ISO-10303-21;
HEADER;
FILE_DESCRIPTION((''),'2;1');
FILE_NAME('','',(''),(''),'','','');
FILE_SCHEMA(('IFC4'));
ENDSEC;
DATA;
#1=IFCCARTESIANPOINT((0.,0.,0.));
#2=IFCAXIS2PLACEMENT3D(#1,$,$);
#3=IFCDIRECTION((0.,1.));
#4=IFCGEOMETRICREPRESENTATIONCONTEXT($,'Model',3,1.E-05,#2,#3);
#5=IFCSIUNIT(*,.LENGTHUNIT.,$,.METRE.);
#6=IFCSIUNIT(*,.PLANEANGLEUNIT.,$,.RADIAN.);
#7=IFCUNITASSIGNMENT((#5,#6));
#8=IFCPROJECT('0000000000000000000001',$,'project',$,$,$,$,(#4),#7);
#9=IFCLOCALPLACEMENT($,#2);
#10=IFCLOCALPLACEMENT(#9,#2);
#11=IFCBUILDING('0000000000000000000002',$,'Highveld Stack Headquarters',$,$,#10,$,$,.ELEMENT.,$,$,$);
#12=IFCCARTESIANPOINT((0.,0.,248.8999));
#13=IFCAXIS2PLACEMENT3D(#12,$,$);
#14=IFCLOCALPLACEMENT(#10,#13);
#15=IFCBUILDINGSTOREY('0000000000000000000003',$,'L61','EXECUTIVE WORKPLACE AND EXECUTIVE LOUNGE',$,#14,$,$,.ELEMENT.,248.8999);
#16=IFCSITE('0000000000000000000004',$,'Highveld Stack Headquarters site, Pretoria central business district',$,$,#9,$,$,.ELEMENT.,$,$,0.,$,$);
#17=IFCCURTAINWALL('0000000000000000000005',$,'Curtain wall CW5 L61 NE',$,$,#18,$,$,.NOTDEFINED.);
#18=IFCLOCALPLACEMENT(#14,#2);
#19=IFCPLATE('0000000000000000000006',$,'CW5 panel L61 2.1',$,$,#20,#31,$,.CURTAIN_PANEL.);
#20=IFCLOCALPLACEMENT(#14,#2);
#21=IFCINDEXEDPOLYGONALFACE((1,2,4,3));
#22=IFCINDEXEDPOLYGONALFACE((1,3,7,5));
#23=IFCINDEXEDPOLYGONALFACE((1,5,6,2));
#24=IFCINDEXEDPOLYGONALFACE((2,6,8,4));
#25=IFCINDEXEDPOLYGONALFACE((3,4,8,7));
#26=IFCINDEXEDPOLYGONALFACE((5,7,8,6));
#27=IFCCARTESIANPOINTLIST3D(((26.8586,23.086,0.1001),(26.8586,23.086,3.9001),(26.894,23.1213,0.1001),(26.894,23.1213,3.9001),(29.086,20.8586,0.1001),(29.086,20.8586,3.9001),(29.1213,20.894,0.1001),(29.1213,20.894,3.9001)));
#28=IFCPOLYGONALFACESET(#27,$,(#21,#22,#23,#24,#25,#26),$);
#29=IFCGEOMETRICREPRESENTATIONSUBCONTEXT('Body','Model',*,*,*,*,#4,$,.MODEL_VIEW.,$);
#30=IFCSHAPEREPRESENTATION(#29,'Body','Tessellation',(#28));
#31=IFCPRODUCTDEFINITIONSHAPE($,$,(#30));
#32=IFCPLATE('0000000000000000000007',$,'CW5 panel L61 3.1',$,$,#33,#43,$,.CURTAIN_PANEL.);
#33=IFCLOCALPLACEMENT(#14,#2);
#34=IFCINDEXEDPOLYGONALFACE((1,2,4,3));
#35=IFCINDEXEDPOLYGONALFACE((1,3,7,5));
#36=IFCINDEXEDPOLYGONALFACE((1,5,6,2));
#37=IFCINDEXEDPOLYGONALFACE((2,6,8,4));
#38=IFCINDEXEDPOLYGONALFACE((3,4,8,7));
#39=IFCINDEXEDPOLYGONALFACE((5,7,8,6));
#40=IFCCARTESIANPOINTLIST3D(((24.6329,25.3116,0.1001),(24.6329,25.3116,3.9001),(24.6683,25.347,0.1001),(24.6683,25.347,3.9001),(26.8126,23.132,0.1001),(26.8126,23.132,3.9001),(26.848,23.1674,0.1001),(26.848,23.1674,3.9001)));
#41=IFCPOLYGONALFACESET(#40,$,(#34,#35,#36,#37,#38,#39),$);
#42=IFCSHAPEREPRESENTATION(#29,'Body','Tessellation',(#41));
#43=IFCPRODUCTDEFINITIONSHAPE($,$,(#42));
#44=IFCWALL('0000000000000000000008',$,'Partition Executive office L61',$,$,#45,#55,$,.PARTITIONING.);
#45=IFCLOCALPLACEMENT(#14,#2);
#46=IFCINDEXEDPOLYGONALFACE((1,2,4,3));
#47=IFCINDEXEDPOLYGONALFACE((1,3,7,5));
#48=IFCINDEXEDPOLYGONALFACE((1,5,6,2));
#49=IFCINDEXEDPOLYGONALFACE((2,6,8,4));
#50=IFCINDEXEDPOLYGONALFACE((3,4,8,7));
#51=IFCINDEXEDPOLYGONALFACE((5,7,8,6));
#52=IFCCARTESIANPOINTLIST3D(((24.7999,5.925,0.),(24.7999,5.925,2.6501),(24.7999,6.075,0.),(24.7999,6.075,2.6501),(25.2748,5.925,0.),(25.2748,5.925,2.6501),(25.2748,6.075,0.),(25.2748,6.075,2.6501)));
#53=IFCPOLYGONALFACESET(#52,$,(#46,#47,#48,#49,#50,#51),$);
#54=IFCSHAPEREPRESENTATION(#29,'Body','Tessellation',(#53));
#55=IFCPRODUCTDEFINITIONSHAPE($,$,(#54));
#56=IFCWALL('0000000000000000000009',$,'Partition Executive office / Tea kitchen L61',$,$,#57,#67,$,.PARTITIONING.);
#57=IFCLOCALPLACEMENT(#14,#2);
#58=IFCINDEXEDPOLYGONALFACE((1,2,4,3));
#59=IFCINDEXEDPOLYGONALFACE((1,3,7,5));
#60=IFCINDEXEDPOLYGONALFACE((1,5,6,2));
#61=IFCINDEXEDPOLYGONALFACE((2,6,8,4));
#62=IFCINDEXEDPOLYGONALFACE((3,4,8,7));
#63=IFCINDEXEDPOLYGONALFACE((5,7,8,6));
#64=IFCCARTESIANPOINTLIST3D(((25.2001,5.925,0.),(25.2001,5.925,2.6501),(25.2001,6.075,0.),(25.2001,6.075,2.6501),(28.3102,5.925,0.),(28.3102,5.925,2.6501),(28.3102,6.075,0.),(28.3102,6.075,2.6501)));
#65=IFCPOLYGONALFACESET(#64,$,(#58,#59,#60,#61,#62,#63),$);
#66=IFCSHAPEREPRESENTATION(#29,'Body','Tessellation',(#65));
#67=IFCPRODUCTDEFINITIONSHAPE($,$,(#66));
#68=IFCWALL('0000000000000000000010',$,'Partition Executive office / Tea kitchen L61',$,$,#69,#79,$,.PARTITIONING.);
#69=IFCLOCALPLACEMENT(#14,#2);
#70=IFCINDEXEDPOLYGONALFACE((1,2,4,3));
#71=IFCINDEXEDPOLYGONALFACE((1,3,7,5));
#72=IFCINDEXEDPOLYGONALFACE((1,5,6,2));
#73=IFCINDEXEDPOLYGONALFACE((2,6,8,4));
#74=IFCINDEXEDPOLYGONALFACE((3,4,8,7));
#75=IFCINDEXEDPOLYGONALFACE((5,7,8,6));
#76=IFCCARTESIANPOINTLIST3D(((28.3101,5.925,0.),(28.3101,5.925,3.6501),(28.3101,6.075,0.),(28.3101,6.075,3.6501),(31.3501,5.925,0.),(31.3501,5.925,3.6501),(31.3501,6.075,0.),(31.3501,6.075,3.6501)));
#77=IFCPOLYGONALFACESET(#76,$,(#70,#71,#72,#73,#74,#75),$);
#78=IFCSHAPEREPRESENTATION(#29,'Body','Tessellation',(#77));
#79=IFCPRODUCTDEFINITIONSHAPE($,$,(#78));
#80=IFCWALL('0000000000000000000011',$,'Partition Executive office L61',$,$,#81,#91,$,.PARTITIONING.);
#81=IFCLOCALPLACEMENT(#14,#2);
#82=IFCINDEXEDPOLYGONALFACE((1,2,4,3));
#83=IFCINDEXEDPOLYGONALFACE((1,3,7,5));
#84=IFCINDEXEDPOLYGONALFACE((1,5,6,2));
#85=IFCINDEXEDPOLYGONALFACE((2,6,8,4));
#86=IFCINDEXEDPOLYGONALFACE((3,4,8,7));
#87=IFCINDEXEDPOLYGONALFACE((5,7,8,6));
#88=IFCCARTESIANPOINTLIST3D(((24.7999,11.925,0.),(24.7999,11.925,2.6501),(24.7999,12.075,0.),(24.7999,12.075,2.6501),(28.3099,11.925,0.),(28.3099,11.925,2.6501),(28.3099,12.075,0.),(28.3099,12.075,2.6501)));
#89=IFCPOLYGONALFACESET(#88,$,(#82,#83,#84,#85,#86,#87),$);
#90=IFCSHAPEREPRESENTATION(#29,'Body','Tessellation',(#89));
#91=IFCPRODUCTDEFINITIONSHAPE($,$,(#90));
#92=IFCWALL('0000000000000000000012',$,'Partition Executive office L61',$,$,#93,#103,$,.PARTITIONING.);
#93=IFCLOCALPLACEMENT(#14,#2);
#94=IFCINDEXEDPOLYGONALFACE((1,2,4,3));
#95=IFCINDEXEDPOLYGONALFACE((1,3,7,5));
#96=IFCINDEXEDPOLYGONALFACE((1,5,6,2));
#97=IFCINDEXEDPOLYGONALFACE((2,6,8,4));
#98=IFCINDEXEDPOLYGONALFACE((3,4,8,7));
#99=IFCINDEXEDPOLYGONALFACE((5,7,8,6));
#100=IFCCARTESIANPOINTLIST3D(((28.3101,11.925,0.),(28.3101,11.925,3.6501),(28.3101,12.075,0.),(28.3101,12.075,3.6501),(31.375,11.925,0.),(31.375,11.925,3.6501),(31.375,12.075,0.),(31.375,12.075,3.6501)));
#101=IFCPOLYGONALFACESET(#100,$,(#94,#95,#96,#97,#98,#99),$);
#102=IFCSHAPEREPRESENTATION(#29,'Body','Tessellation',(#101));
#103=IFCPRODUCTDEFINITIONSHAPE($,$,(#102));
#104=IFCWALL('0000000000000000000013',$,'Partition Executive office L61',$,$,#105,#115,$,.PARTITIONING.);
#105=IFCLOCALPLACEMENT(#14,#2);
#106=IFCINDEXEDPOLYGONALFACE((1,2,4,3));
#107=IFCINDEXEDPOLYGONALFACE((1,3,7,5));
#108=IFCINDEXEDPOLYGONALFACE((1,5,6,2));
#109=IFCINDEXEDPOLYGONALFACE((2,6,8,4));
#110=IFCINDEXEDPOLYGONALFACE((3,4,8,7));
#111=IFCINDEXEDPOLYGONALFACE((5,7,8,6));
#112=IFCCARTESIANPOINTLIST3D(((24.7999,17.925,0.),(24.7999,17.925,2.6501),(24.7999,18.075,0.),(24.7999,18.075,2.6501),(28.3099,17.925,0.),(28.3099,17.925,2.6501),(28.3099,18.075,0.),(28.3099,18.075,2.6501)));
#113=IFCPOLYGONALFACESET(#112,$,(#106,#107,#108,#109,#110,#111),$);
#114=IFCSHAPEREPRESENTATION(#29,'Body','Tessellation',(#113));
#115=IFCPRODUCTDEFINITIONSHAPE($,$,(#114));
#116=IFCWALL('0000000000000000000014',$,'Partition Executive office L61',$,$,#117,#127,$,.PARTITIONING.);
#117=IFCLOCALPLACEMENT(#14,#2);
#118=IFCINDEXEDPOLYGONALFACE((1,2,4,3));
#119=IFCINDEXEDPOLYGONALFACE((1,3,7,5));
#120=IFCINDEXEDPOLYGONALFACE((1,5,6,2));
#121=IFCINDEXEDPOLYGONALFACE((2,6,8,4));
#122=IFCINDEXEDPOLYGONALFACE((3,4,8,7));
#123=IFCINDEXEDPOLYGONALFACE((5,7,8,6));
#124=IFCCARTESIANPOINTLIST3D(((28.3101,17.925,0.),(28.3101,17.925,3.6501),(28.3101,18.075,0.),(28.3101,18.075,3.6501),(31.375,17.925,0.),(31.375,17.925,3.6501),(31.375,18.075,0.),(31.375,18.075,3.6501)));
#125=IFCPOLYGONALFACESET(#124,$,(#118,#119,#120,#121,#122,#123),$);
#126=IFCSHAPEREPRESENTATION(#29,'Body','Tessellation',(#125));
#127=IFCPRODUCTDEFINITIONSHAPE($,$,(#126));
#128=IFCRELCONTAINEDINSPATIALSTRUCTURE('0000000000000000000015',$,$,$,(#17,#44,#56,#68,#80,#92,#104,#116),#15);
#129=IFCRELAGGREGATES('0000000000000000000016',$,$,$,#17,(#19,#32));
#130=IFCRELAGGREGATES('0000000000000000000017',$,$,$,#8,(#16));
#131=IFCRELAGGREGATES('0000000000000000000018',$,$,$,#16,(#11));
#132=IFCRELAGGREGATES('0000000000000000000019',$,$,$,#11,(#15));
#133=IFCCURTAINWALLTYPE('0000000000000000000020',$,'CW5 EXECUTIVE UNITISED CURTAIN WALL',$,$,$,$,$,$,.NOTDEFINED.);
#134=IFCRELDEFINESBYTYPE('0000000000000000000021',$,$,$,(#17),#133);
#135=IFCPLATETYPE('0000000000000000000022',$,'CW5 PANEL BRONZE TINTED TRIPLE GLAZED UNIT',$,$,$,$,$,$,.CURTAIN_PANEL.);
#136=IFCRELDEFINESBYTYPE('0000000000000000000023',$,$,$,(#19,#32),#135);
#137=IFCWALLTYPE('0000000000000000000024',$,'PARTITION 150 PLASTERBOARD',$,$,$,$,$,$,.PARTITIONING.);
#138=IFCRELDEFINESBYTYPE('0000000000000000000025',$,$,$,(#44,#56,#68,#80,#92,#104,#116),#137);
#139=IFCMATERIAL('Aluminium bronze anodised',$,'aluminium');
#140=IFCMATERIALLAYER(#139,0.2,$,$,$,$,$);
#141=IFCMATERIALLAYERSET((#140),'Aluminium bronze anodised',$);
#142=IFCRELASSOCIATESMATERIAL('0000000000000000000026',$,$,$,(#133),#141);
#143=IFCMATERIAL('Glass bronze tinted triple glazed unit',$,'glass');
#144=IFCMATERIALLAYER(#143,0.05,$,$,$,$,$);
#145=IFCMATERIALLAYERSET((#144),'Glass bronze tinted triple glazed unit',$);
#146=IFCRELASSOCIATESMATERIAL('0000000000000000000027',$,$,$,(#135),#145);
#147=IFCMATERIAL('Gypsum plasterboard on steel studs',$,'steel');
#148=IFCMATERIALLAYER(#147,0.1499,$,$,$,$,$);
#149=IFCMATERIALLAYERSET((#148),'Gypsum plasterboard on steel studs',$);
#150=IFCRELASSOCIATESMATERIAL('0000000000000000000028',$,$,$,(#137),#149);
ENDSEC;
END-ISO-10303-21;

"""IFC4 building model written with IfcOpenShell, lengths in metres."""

from ifc_helpers import new_model, si_unit, direction, frame, frame_2d, origin, origin_2d, place, context, subcontext, project, spatial, rectangle, extrude, material, layer, layer_set, type_object, element, aggregate, save


model = new_model("IFC4")

# Units and contexts
model_context = context("Model", 3, precision=1e-05, world=origin(), true_north=direction((0.0, 1.0)))
body_context = subcontext(model_context, "Body", "Model", "MODEL_VIEW")
ifc_project = project(units=[si_unit("LENGTHUNIT", "METRE"), si_unit("PLANEANGLEUNIT", "RADIAN")], contexts=[model_context])

# Site, building, storey
site_placement = place(None, origin())
site = spatial("IfcSite", under=ifc_project, at=site_placement, Name="Highveld Stack Headquarters site, Pretoria central business district", CompositionType="ELEMENT", RefElevation=0.0)
building_placement = place(site_placement, origin())
building = spatial("IfcBuilding", under=site, at=building_placement, Name="Highveld Stack Headquarters", CompositionType="ELEMENT")
storey_placement = place(building_placement, frame((0.0, 0.0, 248.8999)))
storey = spatial("IfcBuildingStorey", under=building, at=storey_placement, Name="L61", Description="EXECUTIVE WORKPLACE AND EXECUTIVE LOUNGE", CompositionType="ELEMENT", Elevation=248.8999)

# Curtain wall
ifc_material_1 = material(Name="Aluminium bronze anodised", Category="aluminium")
ifc_layer_1 = layer(ifc_material_1, 0.2)
ifc_layer_set_1 = layer_set([ifc_layer_1], Name="Aluminium bronze anodised")
curtain_wall_type = type_object("IfcCurtainWallType", Name="CW5 EXECUTIVE UNITISED CURTAIN WALL", PredefinedType="NOTDEFINED", material=ifc_layer_set_1)
curtain_wall_1_placement = place(storey_placement, origin())
curtain_wall_1 = element("IfcCurtainWall", 1, at=curtain_wall_1_placement, inside=storey, type_object=curtain_wall_type, Name="Curtain wall CW5 L61 NE", PredefinedType="NOTDEFINED")

# Plates
ifc_material_2 = material(Name="Glass bronze tinted triple glazed unit", Category="glass")
ifc_layer_2 = layer(ifc_material_2, 0.05)
ifc_layer_set_2 = layer_set([ifc_layer_2], Name="Glass bronze tinted triple glazed unit")
plate_type = type_object("IfcPlateType", Name="CW5 PANEL BRONZE TINTED TRIPLE GLAZED UNIT", PredefinedType="CURTAIN_PANEL", material=ifc_layer_set_2)
plate_1_placement = place(storey_placement, frame((27.99, 21.99, 0.1001), z_axis=(0.0, 0.0, 1.0), x_axis=(-0.707107, 0.707107, 0.0)))
plate_1 = element("IfcPlate", 2, at=plate_1_placement, type_object=plate_type, Name="CW5 panel L61 2.1", PredefinedType="CURTAIN_PANEL", context=body_context, shape_type="SweptSolid", body=[
    extrude(rectangle(XDim=3.1499, YDim=0.05, at=origin_2d()), origin(), (0.0, 0.0, 1.0), 3.8),
])
plate_2_placement = place(storey_placement, frame((25.7405, 24.2395, 0.1001), z_axis=(0.0, 0.0, 1.0), x_axis=(-0.707107, 0.707107, 0.0)))
plate_2 = element("IfcPlate", 3, at=plate_2_placement, type_object=plate_type, Name="CW5 panel L61 3.1", PredefinedType="CURTAIN_PANEL", context=body_context, shape_type="SweptSolid", body=[
    extrude(rectangle(XDim=3.0825, YDim=0.05, at=origin_2d()), origin(), (0.0, 0.0, 1.0), 3.8),
])
aggregate(curtain_wall_1, [plate_1, plate_2])

# Walls
ifc_material_3 = material(Name="Gypsum plasterboard on steel studs", Category="steel")
ifc_layer_3 = layer(ifc_material_3, 0.1499)
ifc_layer_set_3 = layer_set([ifc_layer_3], Name="Gypsum plasterboard on steel studs")
wall_type = type_object("IfcWallType", Name="PARTITION 150 PLASTERBOARD", PredefinedType="PARTITIONING", material=ifc_layer_set_3)
wall_1_placement = place(storey_placement, frame((24.8, 6.0, 0.0), z_axis=(0.0, 0.0, 1.0), x_axis=(1.0, 0.0, 0.0)))
element("IfcWall", 4, at=wall_1_placement, inside=storey, type_object=wall_type, Name="Partition Executive office L61", PredefinedType="PARTITIONING", context=body_context, shape_type="SweptSolid", body=[
    extrude(rectangle(XDim=0.4749, YDim=0.1499, at=frame_2d((0.2373, 0.0))), origin(), (0.0, 0.0, 1.0), 2.6501),
])
wall_2_placement = place(storey_placement, frame((25.2, 6.0, 0.0), z_axis=(0.0, 0.0, 1.0), x_axis=(1.0, 0.0, 0.0)))
element("IfcWall", 5, at=wall_2_placement, inside=storey, type_object=wall_type, Name="Partition Executive office / Tea kitchen L61", PredefinedType="PARTITIONING", context=body_context, shape_type="SweptSolid", body=[
    extrude(rectangle(XDim=3.1101, YDim=0.1499, at=frame_2d((1.5552, 0.0))), origin(), (0.0, 0.0, 1.0), 2.6501),
])
wall_3_placement = place(storey_placement, frame((28.3101, 6.0, 0.0), z_axis=(0.0, 0.0, 1.0), x_axis=(1.0, 0.0, 0.0)))
element("IfcWall", 6, at=wall_3_placement, inside=storey, type_object=wall_type, Name="Partition Executive office / Tea kitchen L61", PredefinedType="PARTITIONING", context=body_context, shape_type="SweptSolid", body=[
    extrude(rectangle(XDim=3.04, YDim=0.1499, at=frame_2d((1.52, 0.0))), origin(), (0.0, 0.0, 1.0), 3.6501),
])
wall_4_placement = place(storey_placement, frame((24.8, 12.0, 0.0), z_axis=(0.0, 0.0, 1.0), x_axis=(1.0, 0.0, 0.0)))
element("IfcWall", 7, at=wall_4_placement, inside=storey, type_object=wall_type, Name="Partition Executive office L61", PredefinedType="PARTITIONING", context=body_context, shape_type="SweptSolid", body=[
    extrude(rectangle(XDim=3.51, YDim=0.1499, at=frame_2d((1.7549, 0.0))), origin(), (0.0, 0.0, 1.0), 2.6501),
])
wall_5_placement = place(storey_placement, frame((28.3101, 12.0, 0.0), z_axis=(0.0, 0.0, 1.0), x_axis=(1.0, 0.0, 0.0)))
element("IfcWall", 8, at=wall_5_placement, inside=storey, type_object=wall_type, Name="Partition Executive office L61", PredefinedType="PARTITIONING", context=body_context, shape_type="SweptSolid", body=[
    extrude(rectangle(XDim=3.0649, YDim=0.1499, at=frame_2d((1.5325, 0.0))), origin(), (0.0, 0.0, 1.0), 3.6501),
])
wall_6_placement = place(storey_placement, frame((24.8, 18.0, 0.0), z_axis=(0.0, 0.0, 1.0), x_axis=(1.0, 0.0, 0.0)))
element("IfcWall", 9, at=wall_6_placement, inside=storey, type_object=wall_type, Name="Partition Executive office L61", PredefinedType="PARTITIONING", context=body_context, shape_type="SweptSolid", body=[
    extrude(rectangle(XDim=3.51, YDim=0.1499, at=frame_2d((1.7549, 0.0))), origin(), (0.0, 0.0, 1.0), 2.6501),
])
wall_7_placement = place(storey_placement, frame((28.3101, 18.0, 0.0), z_axis=(0.0, 0.0, 1.0), x_axis=(1.0, 0.0, 0.0)))
element("IfcWall", 10, at=wall_7_placement, inside=storey, type_object=wall_type, Name="Partition Executive office L61", PredefinedType="PARTITIONING", context=body_context, shape_type="SweptSolid", body=[
    extrude(rectangle(XDim=3.0649, YDim=0.1499, at=frame_2d((1.5325, 0.0))), origin(), (0.0, 0.0, 1.0), 3.6501),
])

save(model, "model.ifc")
